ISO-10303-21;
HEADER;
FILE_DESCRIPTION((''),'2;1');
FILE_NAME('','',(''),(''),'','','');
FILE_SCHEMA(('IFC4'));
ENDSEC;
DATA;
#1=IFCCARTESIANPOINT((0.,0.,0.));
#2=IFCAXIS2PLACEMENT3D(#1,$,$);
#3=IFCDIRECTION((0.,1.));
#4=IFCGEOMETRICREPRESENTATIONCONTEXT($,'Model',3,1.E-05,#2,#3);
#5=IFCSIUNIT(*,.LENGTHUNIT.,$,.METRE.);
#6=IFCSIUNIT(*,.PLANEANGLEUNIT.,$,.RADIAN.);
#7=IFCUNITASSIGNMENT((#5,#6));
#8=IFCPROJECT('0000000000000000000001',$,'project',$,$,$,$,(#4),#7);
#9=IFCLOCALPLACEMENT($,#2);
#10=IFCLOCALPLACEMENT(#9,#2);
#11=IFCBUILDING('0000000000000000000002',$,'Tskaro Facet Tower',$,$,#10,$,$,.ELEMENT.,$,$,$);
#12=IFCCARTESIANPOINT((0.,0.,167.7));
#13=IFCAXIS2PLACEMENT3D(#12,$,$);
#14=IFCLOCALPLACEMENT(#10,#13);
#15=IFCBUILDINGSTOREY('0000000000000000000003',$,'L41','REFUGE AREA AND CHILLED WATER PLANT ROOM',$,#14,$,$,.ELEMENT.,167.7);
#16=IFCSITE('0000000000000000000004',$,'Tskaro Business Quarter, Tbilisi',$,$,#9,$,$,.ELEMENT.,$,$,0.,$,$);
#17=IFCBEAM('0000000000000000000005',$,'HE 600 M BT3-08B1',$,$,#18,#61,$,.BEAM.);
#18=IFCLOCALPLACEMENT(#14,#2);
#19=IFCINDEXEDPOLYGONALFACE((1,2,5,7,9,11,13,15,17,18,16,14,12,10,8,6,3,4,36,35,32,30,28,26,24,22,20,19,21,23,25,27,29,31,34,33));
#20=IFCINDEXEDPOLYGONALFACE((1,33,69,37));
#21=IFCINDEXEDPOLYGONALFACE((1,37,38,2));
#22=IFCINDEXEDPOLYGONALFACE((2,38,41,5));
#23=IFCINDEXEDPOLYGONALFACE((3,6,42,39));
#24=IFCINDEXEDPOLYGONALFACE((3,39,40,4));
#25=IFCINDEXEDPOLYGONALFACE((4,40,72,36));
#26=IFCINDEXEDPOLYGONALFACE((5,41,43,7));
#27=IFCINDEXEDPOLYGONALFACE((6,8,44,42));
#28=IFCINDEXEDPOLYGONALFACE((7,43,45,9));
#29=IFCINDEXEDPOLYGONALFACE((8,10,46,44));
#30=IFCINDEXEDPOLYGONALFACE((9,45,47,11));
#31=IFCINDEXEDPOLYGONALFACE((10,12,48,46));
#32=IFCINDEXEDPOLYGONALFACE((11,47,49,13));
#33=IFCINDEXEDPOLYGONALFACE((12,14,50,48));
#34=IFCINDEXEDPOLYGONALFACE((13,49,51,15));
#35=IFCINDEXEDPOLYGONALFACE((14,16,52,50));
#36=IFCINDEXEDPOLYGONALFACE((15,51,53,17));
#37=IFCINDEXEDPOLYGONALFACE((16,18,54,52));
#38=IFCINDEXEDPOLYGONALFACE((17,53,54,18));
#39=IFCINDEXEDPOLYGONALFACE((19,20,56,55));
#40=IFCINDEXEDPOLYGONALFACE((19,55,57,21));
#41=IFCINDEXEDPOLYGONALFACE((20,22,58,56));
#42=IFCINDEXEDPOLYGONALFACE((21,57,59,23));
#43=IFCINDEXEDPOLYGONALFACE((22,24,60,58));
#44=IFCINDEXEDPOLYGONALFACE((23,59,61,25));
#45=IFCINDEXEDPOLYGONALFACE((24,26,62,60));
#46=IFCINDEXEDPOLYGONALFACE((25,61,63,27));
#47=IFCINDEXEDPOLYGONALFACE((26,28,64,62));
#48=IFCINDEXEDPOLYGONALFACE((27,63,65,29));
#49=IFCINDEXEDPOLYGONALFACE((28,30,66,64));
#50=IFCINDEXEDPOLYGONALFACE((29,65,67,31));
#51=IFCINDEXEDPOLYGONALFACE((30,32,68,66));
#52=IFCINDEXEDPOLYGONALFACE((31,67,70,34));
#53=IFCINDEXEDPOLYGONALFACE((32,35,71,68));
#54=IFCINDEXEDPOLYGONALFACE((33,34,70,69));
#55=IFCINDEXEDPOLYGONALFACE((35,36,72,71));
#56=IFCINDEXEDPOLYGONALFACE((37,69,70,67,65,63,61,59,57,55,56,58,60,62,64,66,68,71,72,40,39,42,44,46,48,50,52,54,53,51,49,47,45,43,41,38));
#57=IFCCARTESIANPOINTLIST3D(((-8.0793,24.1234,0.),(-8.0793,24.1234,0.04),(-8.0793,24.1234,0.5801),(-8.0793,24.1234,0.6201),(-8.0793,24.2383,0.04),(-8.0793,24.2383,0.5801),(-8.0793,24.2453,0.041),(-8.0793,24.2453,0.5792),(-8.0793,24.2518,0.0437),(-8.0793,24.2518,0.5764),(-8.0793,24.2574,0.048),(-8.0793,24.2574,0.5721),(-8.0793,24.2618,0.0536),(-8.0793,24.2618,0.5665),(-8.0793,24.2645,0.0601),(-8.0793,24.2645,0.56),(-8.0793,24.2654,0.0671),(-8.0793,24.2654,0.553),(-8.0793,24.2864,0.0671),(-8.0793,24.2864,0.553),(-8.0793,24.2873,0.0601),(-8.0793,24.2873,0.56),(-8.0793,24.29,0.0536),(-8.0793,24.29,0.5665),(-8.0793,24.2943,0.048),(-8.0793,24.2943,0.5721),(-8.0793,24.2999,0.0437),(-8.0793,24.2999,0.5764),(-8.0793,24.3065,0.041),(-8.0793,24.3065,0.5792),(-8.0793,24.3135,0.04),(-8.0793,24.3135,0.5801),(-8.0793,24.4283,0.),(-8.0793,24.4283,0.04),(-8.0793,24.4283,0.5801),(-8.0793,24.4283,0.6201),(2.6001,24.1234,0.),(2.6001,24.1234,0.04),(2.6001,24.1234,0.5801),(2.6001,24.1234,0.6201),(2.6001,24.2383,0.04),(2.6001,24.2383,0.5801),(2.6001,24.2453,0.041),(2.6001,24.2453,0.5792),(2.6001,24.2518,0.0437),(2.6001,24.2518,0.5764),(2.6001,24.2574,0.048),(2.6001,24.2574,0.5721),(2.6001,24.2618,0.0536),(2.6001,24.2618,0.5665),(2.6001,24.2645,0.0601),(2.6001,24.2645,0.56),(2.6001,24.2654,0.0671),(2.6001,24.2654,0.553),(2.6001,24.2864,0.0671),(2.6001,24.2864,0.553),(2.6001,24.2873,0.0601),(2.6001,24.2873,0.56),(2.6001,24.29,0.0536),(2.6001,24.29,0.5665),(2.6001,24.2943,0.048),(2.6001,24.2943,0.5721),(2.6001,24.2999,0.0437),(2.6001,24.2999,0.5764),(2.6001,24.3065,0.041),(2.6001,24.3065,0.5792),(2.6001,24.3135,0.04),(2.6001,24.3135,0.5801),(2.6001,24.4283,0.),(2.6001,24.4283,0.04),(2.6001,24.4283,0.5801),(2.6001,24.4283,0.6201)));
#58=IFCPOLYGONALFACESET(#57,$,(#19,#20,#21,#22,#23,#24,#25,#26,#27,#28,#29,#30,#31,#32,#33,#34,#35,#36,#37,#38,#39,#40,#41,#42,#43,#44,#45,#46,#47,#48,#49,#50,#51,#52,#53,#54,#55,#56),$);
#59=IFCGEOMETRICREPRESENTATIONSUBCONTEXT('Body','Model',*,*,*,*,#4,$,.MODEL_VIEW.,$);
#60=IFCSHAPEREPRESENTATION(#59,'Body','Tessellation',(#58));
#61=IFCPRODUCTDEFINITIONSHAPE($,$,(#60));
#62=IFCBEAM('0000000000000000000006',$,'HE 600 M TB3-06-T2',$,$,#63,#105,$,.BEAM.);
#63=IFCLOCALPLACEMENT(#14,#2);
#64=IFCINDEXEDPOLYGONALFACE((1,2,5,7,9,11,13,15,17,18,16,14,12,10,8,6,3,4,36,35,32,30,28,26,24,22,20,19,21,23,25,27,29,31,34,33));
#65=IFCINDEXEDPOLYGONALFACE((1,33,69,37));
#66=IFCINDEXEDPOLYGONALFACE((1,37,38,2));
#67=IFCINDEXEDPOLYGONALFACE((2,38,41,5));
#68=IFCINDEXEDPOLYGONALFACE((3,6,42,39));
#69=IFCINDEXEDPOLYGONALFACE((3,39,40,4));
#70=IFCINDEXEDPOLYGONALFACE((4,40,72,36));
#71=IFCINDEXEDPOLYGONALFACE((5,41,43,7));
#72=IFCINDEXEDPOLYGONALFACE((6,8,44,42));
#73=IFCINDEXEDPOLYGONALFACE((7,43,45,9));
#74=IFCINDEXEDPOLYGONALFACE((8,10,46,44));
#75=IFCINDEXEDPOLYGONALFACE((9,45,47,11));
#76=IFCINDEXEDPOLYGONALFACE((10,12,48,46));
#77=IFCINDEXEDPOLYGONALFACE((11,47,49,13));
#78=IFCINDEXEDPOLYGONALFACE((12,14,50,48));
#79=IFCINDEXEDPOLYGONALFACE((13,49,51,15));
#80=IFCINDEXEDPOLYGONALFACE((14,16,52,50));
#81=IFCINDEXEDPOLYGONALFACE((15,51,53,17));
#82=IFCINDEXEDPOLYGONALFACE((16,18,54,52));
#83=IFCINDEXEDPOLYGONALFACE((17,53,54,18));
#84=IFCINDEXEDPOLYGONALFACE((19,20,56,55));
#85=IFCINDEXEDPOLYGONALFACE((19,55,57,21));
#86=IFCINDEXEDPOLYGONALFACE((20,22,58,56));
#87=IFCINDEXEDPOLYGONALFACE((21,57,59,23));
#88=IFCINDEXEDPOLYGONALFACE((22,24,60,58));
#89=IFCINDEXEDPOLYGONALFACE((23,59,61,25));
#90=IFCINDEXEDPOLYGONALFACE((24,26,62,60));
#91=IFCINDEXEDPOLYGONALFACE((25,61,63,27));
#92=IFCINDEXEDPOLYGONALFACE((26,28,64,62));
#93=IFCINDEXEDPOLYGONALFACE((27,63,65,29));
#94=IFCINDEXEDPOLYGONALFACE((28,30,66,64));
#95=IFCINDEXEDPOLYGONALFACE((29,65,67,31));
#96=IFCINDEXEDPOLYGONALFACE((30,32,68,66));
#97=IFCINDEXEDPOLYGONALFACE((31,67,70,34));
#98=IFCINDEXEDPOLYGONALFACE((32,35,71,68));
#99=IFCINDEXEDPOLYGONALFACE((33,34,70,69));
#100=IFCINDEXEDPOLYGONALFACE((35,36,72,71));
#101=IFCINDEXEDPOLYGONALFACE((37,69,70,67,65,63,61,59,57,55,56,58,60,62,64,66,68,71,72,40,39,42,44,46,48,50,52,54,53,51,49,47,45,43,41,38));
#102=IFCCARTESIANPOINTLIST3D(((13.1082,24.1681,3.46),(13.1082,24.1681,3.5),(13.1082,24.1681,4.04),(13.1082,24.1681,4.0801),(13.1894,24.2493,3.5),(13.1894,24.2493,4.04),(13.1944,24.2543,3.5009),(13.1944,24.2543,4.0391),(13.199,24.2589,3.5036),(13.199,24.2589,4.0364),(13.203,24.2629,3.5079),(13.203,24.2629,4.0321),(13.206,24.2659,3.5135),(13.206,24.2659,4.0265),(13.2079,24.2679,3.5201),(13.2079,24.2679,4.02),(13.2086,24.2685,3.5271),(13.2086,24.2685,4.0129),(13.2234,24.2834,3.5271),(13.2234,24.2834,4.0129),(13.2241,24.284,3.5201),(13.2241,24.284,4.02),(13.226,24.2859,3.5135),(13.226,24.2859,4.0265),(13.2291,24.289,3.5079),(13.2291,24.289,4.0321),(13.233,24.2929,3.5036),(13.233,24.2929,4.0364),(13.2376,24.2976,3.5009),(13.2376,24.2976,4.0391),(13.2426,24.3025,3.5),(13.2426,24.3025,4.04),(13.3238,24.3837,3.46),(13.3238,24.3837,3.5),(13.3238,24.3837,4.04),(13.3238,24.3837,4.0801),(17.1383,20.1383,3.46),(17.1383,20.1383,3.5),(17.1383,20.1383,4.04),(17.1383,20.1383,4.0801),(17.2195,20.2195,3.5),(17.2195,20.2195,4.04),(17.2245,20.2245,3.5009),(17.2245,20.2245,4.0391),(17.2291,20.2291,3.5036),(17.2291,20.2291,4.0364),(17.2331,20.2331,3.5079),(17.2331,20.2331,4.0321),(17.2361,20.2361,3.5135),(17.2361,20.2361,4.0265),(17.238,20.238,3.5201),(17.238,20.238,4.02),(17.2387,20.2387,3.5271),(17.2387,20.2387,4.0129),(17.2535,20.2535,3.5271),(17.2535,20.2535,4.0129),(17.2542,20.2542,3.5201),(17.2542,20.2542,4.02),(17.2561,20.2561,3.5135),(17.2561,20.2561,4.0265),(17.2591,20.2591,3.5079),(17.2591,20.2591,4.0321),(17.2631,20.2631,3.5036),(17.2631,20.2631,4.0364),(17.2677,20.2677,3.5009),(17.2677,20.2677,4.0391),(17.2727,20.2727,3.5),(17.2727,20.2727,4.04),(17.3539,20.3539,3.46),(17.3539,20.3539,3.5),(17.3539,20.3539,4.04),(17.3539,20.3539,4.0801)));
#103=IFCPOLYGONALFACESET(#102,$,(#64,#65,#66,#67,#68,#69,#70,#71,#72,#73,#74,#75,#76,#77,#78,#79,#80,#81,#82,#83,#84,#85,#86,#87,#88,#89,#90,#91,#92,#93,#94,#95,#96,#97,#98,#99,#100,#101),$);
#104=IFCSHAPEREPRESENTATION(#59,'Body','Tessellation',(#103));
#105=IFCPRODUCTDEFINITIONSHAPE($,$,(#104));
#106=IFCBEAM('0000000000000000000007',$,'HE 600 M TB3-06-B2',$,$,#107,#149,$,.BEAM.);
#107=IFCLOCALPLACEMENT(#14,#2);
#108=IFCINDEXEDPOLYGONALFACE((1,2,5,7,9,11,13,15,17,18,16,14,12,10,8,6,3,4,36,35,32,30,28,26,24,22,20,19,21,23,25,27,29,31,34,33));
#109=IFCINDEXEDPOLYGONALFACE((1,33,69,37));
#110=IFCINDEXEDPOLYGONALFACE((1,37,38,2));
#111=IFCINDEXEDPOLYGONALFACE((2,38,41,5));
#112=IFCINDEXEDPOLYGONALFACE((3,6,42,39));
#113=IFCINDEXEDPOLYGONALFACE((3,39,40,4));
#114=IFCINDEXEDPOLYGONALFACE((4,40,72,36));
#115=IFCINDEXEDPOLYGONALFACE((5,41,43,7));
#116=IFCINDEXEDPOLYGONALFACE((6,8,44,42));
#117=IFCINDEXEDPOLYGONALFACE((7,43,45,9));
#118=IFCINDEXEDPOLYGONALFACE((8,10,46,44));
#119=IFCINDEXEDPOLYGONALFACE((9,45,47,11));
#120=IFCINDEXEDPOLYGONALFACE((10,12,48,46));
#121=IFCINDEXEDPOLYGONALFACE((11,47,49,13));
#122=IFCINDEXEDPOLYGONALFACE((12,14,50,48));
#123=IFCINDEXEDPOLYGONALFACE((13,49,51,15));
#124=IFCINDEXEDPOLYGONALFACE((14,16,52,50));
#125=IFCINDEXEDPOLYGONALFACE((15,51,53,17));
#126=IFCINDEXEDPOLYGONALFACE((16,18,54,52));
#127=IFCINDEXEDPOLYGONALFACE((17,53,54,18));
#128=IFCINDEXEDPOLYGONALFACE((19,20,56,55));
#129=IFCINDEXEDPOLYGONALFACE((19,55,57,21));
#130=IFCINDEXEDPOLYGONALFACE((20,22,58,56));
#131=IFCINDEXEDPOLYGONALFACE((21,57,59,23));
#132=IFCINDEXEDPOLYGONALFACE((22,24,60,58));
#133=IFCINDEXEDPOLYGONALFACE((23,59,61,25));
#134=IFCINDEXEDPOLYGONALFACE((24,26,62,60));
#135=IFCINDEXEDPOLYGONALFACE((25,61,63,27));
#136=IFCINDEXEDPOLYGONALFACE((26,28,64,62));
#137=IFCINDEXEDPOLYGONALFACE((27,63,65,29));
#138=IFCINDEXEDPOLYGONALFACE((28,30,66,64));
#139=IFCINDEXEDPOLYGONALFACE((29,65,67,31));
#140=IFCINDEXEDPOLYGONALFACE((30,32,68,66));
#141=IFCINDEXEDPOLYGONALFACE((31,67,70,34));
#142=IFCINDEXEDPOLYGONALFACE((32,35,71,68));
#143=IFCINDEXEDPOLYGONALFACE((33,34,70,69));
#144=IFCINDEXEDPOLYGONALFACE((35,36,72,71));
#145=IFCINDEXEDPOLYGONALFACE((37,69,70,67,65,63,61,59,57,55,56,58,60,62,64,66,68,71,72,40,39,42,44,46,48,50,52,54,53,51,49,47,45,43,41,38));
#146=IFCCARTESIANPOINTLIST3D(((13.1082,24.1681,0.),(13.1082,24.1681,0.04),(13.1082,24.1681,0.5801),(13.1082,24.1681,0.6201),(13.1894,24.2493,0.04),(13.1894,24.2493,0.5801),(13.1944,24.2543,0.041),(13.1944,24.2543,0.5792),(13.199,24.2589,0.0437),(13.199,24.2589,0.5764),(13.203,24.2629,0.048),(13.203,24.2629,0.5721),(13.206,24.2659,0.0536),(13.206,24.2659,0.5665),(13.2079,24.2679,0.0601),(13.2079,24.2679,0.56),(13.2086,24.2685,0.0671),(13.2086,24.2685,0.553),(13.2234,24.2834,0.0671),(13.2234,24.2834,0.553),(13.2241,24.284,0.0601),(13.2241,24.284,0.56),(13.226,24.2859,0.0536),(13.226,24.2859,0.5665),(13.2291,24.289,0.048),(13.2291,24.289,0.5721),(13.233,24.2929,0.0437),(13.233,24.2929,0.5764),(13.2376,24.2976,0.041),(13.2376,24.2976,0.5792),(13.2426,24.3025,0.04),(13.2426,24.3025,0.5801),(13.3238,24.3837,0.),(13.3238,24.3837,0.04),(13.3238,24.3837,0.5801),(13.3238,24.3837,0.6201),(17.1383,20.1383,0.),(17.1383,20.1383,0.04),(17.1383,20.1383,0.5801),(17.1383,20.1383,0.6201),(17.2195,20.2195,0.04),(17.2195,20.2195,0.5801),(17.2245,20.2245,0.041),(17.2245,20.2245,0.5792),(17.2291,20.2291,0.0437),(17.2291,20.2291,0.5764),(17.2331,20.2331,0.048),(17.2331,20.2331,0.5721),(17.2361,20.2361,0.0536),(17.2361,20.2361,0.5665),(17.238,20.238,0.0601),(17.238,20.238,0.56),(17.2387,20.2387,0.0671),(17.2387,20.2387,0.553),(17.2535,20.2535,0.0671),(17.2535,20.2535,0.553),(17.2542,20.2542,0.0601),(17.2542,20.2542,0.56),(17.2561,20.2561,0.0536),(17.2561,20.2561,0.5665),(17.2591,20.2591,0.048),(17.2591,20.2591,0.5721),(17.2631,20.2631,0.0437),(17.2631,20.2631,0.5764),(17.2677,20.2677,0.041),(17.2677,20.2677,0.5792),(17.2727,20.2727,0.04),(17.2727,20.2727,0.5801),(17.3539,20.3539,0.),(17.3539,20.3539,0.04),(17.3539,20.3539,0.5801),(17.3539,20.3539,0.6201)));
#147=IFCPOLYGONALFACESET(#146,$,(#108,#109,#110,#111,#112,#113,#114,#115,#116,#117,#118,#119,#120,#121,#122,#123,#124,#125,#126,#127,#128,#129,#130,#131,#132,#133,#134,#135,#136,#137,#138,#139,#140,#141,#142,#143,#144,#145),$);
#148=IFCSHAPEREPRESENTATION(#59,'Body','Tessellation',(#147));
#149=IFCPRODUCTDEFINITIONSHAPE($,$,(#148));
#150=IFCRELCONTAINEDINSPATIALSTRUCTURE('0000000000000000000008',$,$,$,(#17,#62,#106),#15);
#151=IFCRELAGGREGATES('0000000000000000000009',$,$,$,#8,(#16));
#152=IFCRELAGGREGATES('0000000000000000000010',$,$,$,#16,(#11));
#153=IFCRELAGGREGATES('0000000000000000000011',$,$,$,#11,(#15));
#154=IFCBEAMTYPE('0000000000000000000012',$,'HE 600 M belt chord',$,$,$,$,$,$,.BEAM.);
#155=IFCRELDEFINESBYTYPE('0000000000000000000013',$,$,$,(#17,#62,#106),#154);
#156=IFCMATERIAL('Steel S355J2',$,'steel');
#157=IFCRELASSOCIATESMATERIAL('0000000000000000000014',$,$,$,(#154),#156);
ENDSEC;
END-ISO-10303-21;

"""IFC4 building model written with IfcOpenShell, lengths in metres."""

from ifc_helpers import new_model, si_unit, direction, frame, origin, origin_2d, place, context, subcontext, project, spatial, i_section, extrude, material, material_profile, profile_set, type_object, element, save


model = new_model("IFC4")

# Units and contexts
model_context = context("Model", 3, precision=1e-05, world=origin(), true_north=direction((0.0, 1.0)))
body_context = subcontext(model_context, "Body", "Model", "MODEL_VIEW")
ifc_project = project(units=[si_unit("LENGTHUNIT", "METRE"), si_unit("PLANEANGLEUNIT", "RADIAN")], contexts=[model_context])

# Site, building, storey
site_placement = place(None, origin())
site = spatial("IfcSite", under=ifc_project, at=site_placement, Name="Tskaro Business Quarter, Tbilisi", CompositionType="ELEMENT", RefElevation=0.0)
building_placement = place(site_placement, origin())
building = spatial("IfcBuilding", under=site, at=building_placement, Name="Tskaro Facet Tower", CompositionType="ELEMENT")
storey_placement = place(building_placement, frame((0.0, 0.0, 167.7)))
storey = spatial("IfcBuildingStorey", under=building, at=storey_placement, Name="L41", Description="REFUGE AREA AND CHILLED WATER PLANT ROOM", CompositionType="ELEMENT", Elevation=167.7)

# Shared definitions
ifc_material_1 = material(Name="Steel S355J2", Category="steel")

# Beams
ifc_material_profile_1 = material_profile(ifc_material_1, i_section(OverallWidth=0.3049, OverallDepth=0.6201, WebThickness=0.021, FlangeThickness=0.04, FilletRadius=0.0271, at=origin_2d()), Name="HE 600 M")
ifc_profile_set_1 = profile_set([ifc_material_profile_1], Name="Steel S355J2")
beam_type_1 = type_object("IfcBeamType", Name="HE 600 M belt chord", PredefinedType="BEAM", material=ifc_profile_set_1)
beam_1_placement = place(storey_placement, frame((2.6001, 24.2759, 0.3101), z_axis=(-1.0, 0.0, 0.0), x_axis=(0.0, -1.0, 0.0)))
element("IfcBeam", 1, at=beam_1_placement, inside=storey, type_object=beam_type_1, Name="HE 600 M BT3-08B1", PredefinedType="BEAM", context=body_context, shape_type="SweptSolid", body=[
    extrude(i_section(OverallWidth=0.3049, OverallDepth=0.6201, WebThickness=0.021, FlangeThickness=0.04, FilletRadius=0.0271, at=origin_2d()), origin(), (0.0, 0.0, 1.0), 10.6794),
])
for number, where, z_axis, x_axis, name in (
    (2, (17.2461, 20.2461, 3.77), (-0.707128, 0.707085, 0.0), (-0.707085, -0.707128, 0.0), "HE 600 M TB3-06-T2"),
    (3, (17.2461, 20.2461, 0.3101), (-0.707128, 0.707085, 0.0), (-0.707085, -0.707128, 0.0), "HE 600 M TB3-06-B2"),
):
    element("IfcBeam", number, at=place(storey_placement, frame(where, z_axis=z_axis, x_axis=x_axis)), inside=storey, type_object=beam_type_1, Name=name, PredefinedType="BEAM", context=body_context, shape_type="SweptSolid", body=[
        extrude(i_section(OverallWidth=0.3049, OverallDepth=0.6201, WebThickness=0.021, FlangeThickness=0.04, FilletRadius=0.0271, at=origin_2d()), origin(), (0.0, 0.0, 1.0), 5.6992),
    ])

save(model, "model.ifc")
